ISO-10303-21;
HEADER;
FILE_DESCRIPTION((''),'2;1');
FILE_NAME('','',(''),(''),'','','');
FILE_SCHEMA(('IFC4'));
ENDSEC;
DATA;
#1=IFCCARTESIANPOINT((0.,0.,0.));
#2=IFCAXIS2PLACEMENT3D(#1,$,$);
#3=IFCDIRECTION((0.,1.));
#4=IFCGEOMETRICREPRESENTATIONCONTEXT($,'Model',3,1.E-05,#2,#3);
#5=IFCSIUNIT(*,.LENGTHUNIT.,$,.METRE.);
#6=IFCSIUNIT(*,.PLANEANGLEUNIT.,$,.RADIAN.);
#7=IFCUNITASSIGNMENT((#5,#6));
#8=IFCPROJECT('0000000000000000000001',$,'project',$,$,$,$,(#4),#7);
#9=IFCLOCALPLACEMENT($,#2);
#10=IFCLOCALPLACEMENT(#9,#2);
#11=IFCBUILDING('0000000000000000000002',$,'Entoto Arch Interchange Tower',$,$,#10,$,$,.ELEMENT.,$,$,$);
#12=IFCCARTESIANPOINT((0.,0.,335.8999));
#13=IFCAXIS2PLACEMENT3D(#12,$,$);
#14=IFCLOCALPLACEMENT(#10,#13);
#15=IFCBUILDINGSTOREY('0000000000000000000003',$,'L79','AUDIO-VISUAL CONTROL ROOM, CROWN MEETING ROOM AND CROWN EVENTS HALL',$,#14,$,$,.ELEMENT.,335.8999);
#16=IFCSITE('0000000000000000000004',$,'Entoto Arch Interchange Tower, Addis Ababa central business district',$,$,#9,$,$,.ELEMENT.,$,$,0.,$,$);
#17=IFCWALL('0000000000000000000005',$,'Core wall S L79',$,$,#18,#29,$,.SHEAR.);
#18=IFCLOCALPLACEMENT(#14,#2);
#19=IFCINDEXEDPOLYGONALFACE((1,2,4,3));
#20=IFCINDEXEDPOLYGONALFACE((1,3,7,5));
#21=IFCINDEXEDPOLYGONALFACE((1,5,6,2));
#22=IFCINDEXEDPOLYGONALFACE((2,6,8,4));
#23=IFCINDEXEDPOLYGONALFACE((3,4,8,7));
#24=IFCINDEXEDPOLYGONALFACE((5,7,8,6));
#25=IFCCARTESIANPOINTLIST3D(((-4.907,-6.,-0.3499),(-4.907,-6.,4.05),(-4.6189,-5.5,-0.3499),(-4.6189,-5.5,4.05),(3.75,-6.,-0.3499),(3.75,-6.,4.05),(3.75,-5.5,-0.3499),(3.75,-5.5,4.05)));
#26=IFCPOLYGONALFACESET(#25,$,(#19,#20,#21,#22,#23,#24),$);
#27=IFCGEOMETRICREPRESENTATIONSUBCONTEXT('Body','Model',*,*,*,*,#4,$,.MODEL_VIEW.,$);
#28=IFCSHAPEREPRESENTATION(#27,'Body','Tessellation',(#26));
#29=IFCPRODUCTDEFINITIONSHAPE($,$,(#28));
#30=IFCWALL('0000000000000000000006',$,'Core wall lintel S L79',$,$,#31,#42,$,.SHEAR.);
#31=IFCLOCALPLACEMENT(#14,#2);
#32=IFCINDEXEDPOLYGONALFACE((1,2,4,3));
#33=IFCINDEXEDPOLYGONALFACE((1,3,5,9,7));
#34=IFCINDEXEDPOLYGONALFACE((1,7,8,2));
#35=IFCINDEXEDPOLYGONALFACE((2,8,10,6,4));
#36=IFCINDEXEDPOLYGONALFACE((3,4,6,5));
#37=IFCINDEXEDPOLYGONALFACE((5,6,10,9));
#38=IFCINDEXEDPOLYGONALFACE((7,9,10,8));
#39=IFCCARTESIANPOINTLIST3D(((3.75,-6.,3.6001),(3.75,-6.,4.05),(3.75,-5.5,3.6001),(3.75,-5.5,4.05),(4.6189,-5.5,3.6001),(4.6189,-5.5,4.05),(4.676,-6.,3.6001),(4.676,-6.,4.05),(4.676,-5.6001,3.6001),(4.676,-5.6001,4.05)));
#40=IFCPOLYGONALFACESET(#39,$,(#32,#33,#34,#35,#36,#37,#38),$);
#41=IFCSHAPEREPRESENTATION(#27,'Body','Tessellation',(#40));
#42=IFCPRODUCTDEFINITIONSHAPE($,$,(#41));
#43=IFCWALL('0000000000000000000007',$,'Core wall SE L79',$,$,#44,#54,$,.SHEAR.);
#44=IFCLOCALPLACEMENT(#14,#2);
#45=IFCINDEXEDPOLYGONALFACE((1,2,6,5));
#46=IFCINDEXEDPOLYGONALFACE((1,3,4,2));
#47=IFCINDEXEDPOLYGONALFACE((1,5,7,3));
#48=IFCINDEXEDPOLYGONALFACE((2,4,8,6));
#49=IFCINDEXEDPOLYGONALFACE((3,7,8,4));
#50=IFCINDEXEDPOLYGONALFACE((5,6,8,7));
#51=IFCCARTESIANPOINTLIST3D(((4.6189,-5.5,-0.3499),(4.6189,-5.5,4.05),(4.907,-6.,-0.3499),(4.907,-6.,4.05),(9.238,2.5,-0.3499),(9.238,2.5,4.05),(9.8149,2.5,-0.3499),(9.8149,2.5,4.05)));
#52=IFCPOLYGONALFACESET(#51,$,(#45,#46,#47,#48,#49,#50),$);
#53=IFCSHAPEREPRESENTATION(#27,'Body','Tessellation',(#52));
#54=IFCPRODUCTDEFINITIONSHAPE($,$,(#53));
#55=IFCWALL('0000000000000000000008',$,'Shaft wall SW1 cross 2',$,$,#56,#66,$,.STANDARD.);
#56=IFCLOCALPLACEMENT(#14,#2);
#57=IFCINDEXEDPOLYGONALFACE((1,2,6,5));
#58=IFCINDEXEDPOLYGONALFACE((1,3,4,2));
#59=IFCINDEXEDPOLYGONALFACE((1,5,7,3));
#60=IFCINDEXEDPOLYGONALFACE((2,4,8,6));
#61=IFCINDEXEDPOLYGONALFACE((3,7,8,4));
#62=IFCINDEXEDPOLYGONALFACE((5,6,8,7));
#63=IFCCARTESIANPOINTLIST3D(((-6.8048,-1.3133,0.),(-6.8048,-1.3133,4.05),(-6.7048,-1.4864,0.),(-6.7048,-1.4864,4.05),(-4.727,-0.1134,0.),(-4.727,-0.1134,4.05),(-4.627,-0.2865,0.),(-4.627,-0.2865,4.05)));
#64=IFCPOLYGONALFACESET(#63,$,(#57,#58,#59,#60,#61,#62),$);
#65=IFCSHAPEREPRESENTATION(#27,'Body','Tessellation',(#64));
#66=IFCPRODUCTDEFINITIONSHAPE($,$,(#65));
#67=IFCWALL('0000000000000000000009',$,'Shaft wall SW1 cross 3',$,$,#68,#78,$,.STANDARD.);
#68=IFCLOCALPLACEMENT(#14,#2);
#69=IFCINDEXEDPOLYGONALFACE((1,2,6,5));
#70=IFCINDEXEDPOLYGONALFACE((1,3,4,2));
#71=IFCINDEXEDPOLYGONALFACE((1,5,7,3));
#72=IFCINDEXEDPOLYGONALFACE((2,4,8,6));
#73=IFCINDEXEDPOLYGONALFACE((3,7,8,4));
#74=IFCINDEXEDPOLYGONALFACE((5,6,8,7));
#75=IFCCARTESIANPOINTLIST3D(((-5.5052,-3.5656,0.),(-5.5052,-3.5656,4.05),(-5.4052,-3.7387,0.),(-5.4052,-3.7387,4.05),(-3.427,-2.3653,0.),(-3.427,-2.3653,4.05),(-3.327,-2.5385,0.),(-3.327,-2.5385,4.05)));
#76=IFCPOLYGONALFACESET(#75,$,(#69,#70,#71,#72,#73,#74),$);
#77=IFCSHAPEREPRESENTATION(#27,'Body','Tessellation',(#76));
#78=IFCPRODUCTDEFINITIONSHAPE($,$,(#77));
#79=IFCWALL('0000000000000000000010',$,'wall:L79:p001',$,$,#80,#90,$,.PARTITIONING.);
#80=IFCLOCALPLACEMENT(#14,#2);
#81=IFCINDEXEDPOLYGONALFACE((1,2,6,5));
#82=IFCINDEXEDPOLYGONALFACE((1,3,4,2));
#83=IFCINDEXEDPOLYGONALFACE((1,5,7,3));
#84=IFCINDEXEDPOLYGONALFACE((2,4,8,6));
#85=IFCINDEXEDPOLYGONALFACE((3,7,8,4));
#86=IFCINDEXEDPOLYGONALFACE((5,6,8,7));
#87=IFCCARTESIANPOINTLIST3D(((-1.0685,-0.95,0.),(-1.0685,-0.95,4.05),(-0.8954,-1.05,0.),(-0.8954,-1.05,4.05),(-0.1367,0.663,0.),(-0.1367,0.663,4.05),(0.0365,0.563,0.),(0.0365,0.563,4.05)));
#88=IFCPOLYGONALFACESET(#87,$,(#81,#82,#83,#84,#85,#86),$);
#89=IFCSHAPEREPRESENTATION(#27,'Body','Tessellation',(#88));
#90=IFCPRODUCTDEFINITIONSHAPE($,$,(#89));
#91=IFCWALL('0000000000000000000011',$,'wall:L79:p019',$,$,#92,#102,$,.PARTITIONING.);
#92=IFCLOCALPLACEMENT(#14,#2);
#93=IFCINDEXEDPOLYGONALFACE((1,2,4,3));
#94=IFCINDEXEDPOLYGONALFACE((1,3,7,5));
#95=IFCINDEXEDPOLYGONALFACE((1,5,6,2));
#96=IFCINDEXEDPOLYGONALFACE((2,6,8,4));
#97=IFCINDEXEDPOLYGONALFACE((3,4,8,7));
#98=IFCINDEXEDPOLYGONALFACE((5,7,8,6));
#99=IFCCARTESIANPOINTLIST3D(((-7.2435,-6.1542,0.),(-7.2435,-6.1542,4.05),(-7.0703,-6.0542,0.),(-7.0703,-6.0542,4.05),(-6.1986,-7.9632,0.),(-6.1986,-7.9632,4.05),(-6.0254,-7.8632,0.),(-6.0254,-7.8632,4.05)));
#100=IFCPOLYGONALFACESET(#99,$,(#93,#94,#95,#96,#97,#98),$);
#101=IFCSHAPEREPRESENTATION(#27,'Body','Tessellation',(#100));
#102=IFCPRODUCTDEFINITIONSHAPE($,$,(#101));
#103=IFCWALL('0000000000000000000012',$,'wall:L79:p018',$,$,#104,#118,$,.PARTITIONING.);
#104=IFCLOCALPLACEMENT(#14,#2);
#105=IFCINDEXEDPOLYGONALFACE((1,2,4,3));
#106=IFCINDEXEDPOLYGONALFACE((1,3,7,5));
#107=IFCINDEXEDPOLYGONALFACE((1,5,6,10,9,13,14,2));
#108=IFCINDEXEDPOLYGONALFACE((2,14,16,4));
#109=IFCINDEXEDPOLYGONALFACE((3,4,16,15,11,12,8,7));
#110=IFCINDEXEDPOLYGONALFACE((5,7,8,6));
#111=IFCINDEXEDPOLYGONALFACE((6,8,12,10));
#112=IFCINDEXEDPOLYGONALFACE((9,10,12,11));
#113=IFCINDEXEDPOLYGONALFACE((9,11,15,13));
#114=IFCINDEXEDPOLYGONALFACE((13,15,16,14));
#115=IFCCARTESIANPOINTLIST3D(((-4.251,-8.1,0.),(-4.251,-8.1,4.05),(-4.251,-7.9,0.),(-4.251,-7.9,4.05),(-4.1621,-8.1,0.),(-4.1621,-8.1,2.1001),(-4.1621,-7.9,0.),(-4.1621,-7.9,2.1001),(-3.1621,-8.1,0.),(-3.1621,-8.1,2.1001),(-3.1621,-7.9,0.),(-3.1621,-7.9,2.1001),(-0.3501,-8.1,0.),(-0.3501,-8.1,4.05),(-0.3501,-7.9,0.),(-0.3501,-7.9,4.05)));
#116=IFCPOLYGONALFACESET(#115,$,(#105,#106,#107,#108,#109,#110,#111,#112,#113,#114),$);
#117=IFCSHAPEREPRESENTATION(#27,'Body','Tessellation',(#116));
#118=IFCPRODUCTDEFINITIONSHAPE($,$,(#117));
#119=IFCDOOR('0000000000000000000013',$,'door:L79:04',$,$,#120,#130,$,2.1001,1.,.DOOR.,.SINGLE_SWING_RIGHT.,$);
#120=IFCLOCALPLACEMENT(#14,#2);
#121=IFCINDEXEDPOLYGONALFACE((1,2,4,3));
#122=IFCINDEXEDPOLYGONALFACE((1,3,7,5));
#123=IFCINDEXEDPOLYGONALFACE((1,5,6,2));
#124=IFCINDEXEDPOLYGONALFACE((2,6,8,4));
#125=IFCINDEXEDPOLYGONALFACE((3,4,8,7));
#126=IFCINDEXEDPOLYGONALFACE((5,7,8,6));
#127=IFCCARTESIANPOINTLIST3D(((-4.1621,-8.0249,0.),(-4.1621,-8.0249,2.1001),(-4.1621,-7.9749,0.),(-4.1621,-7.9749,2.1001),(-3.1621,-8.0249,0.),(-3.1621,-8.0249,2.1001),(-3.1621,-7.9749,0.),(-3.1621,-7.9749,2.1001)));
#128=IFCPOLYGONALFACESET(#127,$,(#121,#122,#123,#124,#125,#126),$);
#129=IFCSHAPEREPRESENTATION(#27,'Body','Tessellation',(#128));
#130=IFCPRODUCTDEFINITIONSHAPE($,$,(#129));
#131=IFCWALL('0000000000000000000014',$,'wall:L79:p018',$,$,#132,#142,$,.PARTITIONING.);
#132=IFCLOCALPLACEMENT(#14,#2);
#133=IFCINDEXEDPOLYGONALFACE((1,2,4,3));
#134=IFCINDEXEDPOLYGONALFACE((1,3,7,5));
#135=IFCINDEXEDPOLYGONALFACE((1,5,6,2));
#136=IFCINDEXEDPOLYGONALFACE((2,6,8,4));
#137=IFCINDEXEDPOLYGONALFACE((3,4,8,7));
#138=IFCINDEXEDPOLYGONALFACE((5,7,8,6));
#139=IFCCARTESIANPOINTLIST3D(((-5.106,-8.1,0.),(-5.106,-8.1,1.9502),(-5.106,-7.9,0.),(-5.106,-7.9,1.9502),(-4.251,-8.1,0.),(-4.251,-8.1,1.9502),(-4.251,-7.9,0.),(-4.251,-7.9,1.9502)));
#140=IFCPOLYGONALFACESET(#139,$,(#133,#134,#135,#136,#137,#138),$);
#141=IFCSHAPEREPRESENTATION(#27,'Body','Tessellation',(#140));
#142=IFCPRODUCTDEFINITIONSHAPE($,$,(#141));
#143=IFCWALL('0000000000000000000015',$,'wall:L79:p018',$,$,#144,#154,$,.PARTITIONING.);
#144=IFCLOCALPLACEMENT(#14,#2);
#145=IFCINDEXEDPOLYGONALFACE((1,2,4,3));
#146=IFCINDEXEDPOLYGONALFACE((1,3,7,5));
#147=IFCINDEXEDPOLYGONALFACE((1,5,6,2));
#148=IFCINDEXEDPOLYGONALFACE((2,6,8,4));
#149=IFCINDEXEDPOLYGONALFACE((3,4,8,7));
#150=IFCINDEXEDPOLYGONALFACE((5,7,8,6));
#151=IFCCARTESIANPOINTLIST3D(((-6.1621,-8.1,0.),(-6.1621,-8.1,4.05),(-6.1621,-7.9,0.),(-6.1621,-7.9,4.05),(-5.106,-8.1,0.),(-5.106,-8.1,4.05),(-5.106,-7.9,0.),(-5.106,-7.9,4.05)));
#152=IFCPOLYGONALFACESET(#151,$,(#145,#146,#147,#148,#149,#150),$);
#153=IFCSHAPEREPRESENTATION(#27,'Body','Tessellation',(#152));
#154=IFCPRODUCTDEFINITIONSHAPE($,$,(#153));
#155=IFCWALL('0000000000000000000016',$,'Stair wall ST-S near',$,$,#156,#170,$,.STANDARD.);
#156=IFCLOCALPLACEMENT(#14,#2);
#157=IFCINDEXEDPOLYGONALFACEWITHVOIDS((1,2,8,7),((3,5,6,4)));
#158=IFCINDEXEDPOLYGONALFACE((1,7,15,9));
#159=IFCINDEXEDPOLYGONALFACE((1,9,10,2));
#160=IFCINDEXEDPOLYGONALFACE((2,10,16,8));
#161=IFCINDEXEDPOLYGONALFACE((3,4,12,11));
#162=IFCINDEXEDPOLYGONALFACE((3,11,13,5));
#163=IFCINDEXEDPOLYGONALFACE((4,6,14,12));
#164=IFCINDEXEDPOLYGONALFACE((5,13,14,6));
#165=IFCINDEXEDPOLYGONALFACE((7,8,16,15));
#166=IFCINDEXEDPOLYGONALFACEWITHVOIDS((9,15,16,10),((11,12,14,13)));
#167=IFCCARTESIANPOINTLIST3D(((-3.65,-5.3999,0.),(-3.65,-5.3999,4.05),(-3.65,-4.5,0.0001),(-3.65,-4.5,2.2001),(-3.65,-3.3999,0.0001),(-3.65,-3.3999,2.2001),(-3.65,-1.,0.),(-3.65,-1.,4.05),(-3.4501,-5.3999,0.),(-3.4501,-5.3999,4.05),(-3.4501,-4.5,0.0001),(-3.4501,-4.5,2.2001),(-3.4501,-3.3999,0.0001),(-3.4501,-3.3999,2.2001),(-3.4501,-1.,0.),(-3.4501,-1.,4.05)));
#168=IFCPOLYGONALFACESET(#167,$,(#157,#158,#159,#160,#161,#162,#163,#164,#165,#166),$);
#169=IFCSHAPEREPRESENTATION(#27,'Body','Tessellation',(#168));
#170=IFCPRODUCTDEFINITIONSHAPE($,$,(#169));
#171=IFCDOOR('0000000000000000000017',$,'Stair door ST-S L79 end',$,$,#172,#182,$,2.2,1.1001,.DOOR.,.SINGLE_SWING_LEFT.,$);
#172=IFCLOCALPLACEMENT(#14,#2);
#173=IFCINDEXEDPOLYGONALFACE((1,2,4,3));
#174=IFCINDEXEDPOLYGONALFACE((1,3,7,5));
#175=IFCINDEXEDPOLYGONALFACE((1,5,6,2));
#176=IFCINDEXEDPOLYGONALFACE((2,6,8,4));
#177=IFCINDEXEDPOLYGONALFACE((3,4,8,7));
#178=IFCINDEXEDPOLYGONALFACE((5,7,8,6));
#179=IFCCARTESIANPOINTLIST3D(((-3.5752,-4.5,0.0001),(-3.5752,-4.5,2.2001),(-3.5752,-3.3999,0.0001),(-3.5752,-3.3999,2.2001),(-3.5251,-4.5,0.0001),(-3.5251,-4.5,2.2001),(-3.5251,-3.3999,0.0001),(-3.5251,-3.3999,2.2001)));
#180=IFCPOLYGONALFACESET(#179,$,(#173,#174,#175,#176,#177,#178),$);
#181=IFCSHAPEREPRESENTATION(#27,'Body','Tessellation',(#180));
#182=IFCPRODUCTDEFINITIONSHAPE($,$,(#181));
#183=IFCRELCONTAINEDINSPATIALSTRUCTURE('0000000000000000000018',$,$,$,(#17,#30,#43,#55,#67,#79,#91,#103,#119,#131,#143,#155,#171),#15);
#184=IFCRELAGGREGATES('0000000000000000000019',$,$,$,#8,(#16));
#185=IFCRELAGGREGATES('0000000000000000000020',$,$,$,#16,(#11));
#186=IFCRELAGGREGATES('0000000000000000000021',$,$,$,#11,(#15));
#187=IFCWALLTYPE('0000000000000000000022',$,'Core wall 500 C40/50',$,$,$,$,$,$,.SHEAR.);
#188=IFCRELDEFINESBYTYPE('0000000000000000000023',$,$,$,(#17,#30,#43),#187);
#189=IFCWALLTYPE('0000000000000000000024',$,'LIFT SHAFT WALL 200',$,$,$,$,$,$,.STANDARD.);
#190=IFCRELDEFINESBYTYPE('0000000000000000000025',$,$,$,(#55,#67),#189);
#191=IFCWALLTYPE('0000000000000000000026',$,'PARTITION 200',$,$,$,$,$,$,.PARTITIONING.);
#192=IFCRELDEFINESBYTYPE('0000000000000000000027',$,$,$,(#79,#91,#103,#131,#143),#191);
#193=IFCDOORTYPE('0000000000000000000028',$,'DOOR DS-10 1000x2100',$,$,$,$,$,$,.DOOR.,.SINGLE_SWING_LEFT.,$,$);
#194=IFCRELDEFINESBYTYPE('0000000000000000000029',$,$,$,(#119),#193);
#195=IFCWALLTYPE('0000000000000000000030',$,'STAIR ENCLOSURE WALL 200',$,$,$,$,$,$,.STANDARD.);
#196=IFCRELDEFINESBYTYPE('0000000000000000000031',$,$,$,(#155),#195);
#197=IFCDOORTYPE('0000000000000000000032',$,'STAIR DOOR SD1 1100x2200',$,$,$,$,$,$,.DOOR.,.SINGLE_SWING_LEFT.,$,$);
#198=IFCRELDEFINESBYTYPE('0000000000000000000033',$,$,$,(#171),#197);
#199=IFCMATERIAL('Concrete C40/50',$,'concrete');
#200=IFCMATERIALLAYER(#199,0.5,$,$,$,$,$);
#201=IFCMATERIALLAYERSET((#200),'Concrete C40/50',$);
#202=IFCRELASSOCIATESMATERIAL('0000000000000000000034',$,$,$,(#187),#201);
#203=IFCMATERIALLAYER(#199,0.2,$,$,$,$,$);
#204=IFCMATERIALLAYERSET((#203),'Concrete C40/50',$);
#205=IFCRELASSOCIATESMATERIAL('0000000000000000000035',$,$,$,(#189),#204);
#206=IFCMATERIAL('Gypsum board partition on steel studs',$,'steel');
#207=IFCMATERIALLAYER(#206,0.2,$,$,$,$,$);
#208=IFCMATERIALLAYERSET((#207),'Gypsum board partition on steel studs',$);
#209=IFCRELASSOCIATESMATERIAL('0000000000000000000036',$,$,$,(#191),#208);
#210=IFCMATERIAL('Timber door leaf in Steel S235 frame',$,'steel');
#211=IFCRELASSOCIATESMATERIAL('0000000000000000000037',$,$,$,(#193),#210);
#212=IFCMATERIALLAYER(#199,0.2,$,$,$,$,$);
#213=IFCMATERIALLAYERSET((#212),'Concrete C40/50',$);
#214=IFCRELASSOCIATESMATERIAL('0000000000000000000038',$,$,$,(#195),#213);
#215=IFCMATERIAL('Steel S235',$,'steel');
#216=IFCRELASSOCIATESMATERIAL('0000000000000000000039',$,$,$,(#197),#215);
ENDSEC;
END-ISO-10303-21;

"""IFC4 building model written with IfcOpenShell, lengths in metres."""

from ifc_helpers import new_model, si_unit, direction, frame, frame_2d, origin, place, context, subcontext, project, spatial, polyline, rectangle, outline, extrude, material, layer, layer_set, type_object, element, fill, save


model = new_model("IFC4")

# Units and contexts
model_context = context("Model", 3, precision=1e-05, world=origin(), true_north=direction((0.0, 1.0)))
body_context = subcontext(model_context, "Body", "Model", "MODEL_VIEW")
ifc_project = project(units=[si_unit("LENGTHUNIT", "METRE"), si_unit("PLANEANGLEUNIT", "RADIAN")], contexts=[model_context])

# Site, building, storey
site_placement = place(None, origin())
site = spatial("IfcSite", under=ifc_project, at=site_placement, Name="Entoto Arch Interchange Tower, Addis Ababa central business district", CompositionType="ELEMENT", RefElevation=0.0)
building_placement = place(site_placement, origin())
building = spatial("IfcBuilding", under=site, at=building_placement, Name="Entoto Arch Interchange Tower", CompositionType="ELEMENT")
storey_placement = place(building_placement, frame((0.0, 0.0, 335.8999)))
storey = spatial("IfcBuildingStorey", under=building, at=storey_placement, Name="L79", Description="AUDIO-VISUAL CONTROL ROOM, CROWN MEETING ROOM AND CROWN EVENTS HALL", CompositionType="ELEMENT", Elevation=335.8999)

# Shared definitions
ifc_material_1 = material(Name="Concrete C40/50", Category="concrete")

# Walls
ifc_layer_1 = layer(ifc_material_1, 0.5)
ifc_layer_set_1 = layer_set([ifc_layer_1], Name="Concrete C40/50")
wall_type_1 = type_object("IfcWallType", Name="Core wall 500 C40/50", PredefinedType="SHEAR", material=ifc_layer_set_1)
wall_1_placement = place(storey_placement, frame((0.0, 0.0, -0.3499)))
element("IfcWall", 1, at=wall_1_placement, inside=storey, type_object=wall_type_1, Name="Core wall S L79", PredefinedType="SHEAR", context=body_context, shape_type="SweptSolid", body=[
    extrude(outline(polyline([(3.75, -6.0), (3.75, -5.5), (-4.6189, -5.5), (-4.907, -6.0), (3.75, -6.0)])), origin(), (0.0, 0.0, 1.0), 4.3999),
])
wall_2_placement = place(storey_placement, frame((0.0, 0.0, 3.6001)))
element("IfcWall", 2, at=wall_2_placement, inside=storey, type_object=wall_type_1, Name="Core wall lintel S L79", PredefinedType="SHEAR", context=body_context, shape_type="SweptSolid", body=[
    extrude(outline(polyline([(4.676, -6.0), (4.676, -5.6001), (4.6189, -5.5), (3.75, -5.5), (3.75, -6.0), (4.676, -6.0)])), origin(), (0.0, 0.0, 1.0), 0.45),
])
wall_3_placement = place(storey_placement, frame((0.0, 0.0, -0.3499)))
element("IfcWall", 3, at=wall_3_placement, inside=storey, type_object=wall_type_1, Name="Core wall SE L79", PredefinedType="SHEAR", context=body_context, shape_type="SweptSolid", body=[
    extrude(outline(polyline([(4.907, -6.0), (9.8149, 2.5), (9.238, 2.5), (4.6189, -5.5), (4.907, -6.0)])), origin(), (0.0, 0.0, 1.0), 4.3999),
])
ifc_layer_2 = layer(ifc_material_1, 0.2)
ifc_layer_set_2 = layer_set([ifc_layer_2], Name="Concrete C40/50")
wall_type_2 = type_object("IfcWallType", Name="LIFT SHAFT WALL 200", PredefinedType="STANDARD", material=ifc_layer_set_2)
wall_4_placement = place(storey_placement, frame((-4.677, -0.2, 0.0), z_axis=(0.0, 0.0, 1.0), x_axis=(-0.865974, -0.500089, 0.0)))
element("IfcWall", 4, at=wall_4_placement, inside=storey, type_object=wall_type_2, Name="Shaft wall SW1 cross 2", PredefinedType="STANDARD", context=body_context, shape_type="SweptSolid", body=[
    extrude(rectangle(XDim=2.3994, YDim=0.2, at=frame_2d((1.1997, 0.0))), origin(), (0.0, 0.0, 1.0), 4.05),
])
wall_5_placement = place(storey_placement, frame((-3.377, -2.4519, 0.0), z_axis=(0.0, 0.0, 1.0), x_axis=(-0.865955, -0.500122, 0.0)))
element("IfcWall", 5, at=wall_5_placement, inside=storey, type_object=wall_type_2, Name="Shaft wall SW1 cross 3", PredefinedType="STANDARD", context=body_context, shape_type="SweptSolid", body=[
    extrude(rectangle(XDim=2.3999, YDim=0.2, at=frame_2d((1.2, 0.0))), origin(), (0.0, 0.0, 1.0), 4.05),
])
ifc_material_2 = material(Name="Gypsum board partition on steel studs", Category="steel")
ifc_layer_3 = layer(ifc_material_2, 0.2)
ifc_layer_set_3 = layer_set([ifc_layer_3], Name="Gypsum board partition on steel studs")
wall_type_3 = type_object("IfcWallType", Name="PARTITION 200", PredefinedType="PARTITIONING", material=ifc_layer_set_3)
wall_6_placement = place(storey_placement, frame((-0.9819, -1.0, 0.0), z_axis=(0.0, 0.0, 1.0), x_axis=(0.50024, 0.865887, 0.0)))
element("IfcWall", 6, at=wall_6_placement, inside=storey, type_object=wall_type_3, Name="wall:L79:p001", PredefinedType="PARTITIONING", context=body_context, shape_type="SweptSolid", body=[
    extrude(rectangle(XDim=1.8628, YDim=0.2, at=frame_2d((0.9314, 0.0))), origin(), (0.0, 0.0, 1.0), 4.05),
])
wall_7_placement = place(storey_placement, frame((-6.1121, -7.9131, 0.0), z_axis=(0.0, 0.0, 1.0), x_axis=(-0.500161, 0.865933, 0.0)))
element("IfcWall", 7, at=wall_7_placement, inside=storey, type_object=wall_type_3, Name="wall:L79:p019", PredefinedType="PARTITIONING", context=body_context, shape_type="SweptSolid", body=[
    extrude(rectangle(XDim=2.0891, YDim=0.2, at=frame_2d((1.0444, 0.0))), origin(), (0.0, 0.0, 1.0), 4.05),
])

# Wall, opening, door
wall_8_placement = place(storey_placement, frame((-0.3501, -8.0, 0.0), z_axis=(0.0, 0.0, 1.0), x_axis=(-1.0, 0.0, 0.0)))
wall_8 = element("IfcWall", 8, at=wall_8_placement, inside=storey, type_object=wall_type_3, Name="wall:L79:p018", PredefinedType="PARTITIONING", context=body_context, shape_type="SweptSolid", body=[
    extrude(rectangle(XDim=3.9009, YDim=0.2, at=frame_2d((1.9504, 0.0))), origin(), (0.0, 0.0, 1.0), 4.05),
])
opening_1_placement = place(wall_8_placement, frame((2.812, 0.0, 0.0)))
opening_1 = element("IfcOpeningElement", 9, at=opening_1_placement, cuts=wall_8, PredefinedType="OPENING", context=body_context, shape_type="SweptSolid", body=[
    extrude(rectangle(XDim=1.0, YDim=2.1001, at=frame_2d((0.5, 1.05))), frame((0.0, 0.1099, 0.0), z_axis=(0.0, -1.0, 0.0), x_axis=(1.0, 0.0, 0.0)), (0.0, 0.0, 1.0), 0.22),
])
ifc_material_3 = material(Name="Timber door leaf in Steel S235 frame", Category="steel")
door_type_1 = type_object("IfcDoorType", Name="DOOR DS-10 1000x2100", OperationType="SINGLE_SWING_LEFT", PredefinedType="DOOR", material=ifc_material_3)
door_1_placement = place(opening_1_placement, origin())
door_1 = element("IfcDoor", 10, at=door_1_placement, inside=storey, type_object=door_type_1, Name="door:L79:04", OperationType="SINGLE_SWING_RIGHT", OverallHeight=2.1001, OverallWidth=1.0, PredefinedType="DOOR", context=body_context, shape_type="SweptSolid", body=[
    extrude(rectangle(XDim=1.0, YDim=2.1001, at=frame_2d((0.5, 1.05))), frame((0.0, 0.0249, 0.0), z_axis=(0.0, -1.0, 0.0), x_axis=(1.0, 0.0, 0.0)), (0.0, 0.0, 1.0), 0.05),
])
fill(opening_1, door_1)

# Walls
wall_9_placement = place(storey_placement, frame((-4.251, -8.0, 0.0), z_axis=(0.0, 0.0, 1.0), x_axis=(-1.0, 0.0, 0.0)))
element("IfcWall", 11, at=wall_9_placement, inside=storey, type_object=wall_type_3, Name="wall:L79:p018", PredefinedType="PARTITIONING", context=body_context, shape_type="SweptSolid", body=[
    extrude(rectangle(XDim=0.855, YDim=0.2, at=frame_2d((0.4275, 0.0))), origin(), (0.0, 0.0, 1.0), 1.9502),
])
wall_10_placement = place(storey_placement, frame((-5.106, -8.0, 0.0), z_axis=(0.0, 0.0, 1.0), x_axis=(-1.0, 0.0, 0.0)))
element("IfcWall", 12, at=wall_10_placement, inside=storey, type_object=wall_type_3, Name="wall:L79:p018", PredefinedType="PARTITIONING", context=body_context, shape_type="SweptSolid", body=[
    extrude(rectangle(XDim=1.0562, YDim=0.2, at=frame_2d((0.5281, 0.0))), origin(), (0.0, 0.0, 1.0), 4.05),
])

# Wall, opening, door
ifc_layer_4 = layer(ifc_material_1, 0.2)
ifc_layer_set_4 = layer_set([ifc_layer_4], Name="Concrete C40/50")
wall_type_4 = type_object("IfcWallType", Name="STAIR ENCLOSURE WALL 200", PredefinedType="STANDARD", material=ifc_layer_set_4)
wall_11_placement = place(storey_placement, frame((-3.55, -1.0, 0.0), z_axis=(0.0, 0.0, 1.0), x_axis=(0.0, -1.0, 0.0)))
wall_11 = element("IfcWall", 13, at=wall_11_placement, inside=storey, type_object=wall_type_4, Name="Stair wall ST-S near", PredefinedType="STANDARD", context=body_context, shape_type="SweptSolid", body=[
    extrude(rectangle(XDim=4.3999, YDim=0.2, at=frame_2d((2.2, 0.0))), origin(), (0.0, 0.0, 1.0), 4.05),
])
opening_2_placement = place(wall_11_placement, frame((2.3999, 0.0, 0.0)))
opening_2 = element("IfcOpeningElement", 14, at=opening_2_placement, cuts=wall_11, PredefinedType="OPENING", context=body_context, shape_type="SweptSolid", body=[
    extrude(rectangle(XDim=1.1001, YDim=2.2, at=frame_2d((0.55, 1.1001))), frame((0.0, 0.1099, 0.0), z_axis=(0.0, -1.0, 0.0), x_axis=(1.0, 0.0, 0.0)), (0.0, 0.0, 1.0), 0.22),
])
ifc_material_4 = material(Name="Steel S235", Category="steel")
door_type_2 = type_object("IfcDoorType", Name="STAIR DOOR SD1 1100x2200", OperationType="SINGLE_SWING_LEFT", PredefinedType="DOOR", material=ifc_material_4)
door_2_placement = place(opening_2_placement, origin())
door_2 = element("IfcDoor", 15, at=door_2_placement, inside=storey, type_object=door_type_2, Name="Stair door ST-S L79 end", OperationType="SINGLE_SWING_LEFT", OverallHeight=2.2, OverallWidth=1.1001, PredefinedType="DOOR", context=body_context, shape_type="SweptSolid", body=[
    extrude(rectangle(XDim=1.1001, YDim=2.2, at=frame_2d((0.55, 1.1001))), frame((0.0, 0.0249, 0.0), z_axis=(0.0, -1.0, 0.0), x_axis=(1.0, 0.0, 0.0)), (0.0, 0.0, 1.0), 0.05),
])
fill(opening_2, door_2)

save(model, "model.ifc")
